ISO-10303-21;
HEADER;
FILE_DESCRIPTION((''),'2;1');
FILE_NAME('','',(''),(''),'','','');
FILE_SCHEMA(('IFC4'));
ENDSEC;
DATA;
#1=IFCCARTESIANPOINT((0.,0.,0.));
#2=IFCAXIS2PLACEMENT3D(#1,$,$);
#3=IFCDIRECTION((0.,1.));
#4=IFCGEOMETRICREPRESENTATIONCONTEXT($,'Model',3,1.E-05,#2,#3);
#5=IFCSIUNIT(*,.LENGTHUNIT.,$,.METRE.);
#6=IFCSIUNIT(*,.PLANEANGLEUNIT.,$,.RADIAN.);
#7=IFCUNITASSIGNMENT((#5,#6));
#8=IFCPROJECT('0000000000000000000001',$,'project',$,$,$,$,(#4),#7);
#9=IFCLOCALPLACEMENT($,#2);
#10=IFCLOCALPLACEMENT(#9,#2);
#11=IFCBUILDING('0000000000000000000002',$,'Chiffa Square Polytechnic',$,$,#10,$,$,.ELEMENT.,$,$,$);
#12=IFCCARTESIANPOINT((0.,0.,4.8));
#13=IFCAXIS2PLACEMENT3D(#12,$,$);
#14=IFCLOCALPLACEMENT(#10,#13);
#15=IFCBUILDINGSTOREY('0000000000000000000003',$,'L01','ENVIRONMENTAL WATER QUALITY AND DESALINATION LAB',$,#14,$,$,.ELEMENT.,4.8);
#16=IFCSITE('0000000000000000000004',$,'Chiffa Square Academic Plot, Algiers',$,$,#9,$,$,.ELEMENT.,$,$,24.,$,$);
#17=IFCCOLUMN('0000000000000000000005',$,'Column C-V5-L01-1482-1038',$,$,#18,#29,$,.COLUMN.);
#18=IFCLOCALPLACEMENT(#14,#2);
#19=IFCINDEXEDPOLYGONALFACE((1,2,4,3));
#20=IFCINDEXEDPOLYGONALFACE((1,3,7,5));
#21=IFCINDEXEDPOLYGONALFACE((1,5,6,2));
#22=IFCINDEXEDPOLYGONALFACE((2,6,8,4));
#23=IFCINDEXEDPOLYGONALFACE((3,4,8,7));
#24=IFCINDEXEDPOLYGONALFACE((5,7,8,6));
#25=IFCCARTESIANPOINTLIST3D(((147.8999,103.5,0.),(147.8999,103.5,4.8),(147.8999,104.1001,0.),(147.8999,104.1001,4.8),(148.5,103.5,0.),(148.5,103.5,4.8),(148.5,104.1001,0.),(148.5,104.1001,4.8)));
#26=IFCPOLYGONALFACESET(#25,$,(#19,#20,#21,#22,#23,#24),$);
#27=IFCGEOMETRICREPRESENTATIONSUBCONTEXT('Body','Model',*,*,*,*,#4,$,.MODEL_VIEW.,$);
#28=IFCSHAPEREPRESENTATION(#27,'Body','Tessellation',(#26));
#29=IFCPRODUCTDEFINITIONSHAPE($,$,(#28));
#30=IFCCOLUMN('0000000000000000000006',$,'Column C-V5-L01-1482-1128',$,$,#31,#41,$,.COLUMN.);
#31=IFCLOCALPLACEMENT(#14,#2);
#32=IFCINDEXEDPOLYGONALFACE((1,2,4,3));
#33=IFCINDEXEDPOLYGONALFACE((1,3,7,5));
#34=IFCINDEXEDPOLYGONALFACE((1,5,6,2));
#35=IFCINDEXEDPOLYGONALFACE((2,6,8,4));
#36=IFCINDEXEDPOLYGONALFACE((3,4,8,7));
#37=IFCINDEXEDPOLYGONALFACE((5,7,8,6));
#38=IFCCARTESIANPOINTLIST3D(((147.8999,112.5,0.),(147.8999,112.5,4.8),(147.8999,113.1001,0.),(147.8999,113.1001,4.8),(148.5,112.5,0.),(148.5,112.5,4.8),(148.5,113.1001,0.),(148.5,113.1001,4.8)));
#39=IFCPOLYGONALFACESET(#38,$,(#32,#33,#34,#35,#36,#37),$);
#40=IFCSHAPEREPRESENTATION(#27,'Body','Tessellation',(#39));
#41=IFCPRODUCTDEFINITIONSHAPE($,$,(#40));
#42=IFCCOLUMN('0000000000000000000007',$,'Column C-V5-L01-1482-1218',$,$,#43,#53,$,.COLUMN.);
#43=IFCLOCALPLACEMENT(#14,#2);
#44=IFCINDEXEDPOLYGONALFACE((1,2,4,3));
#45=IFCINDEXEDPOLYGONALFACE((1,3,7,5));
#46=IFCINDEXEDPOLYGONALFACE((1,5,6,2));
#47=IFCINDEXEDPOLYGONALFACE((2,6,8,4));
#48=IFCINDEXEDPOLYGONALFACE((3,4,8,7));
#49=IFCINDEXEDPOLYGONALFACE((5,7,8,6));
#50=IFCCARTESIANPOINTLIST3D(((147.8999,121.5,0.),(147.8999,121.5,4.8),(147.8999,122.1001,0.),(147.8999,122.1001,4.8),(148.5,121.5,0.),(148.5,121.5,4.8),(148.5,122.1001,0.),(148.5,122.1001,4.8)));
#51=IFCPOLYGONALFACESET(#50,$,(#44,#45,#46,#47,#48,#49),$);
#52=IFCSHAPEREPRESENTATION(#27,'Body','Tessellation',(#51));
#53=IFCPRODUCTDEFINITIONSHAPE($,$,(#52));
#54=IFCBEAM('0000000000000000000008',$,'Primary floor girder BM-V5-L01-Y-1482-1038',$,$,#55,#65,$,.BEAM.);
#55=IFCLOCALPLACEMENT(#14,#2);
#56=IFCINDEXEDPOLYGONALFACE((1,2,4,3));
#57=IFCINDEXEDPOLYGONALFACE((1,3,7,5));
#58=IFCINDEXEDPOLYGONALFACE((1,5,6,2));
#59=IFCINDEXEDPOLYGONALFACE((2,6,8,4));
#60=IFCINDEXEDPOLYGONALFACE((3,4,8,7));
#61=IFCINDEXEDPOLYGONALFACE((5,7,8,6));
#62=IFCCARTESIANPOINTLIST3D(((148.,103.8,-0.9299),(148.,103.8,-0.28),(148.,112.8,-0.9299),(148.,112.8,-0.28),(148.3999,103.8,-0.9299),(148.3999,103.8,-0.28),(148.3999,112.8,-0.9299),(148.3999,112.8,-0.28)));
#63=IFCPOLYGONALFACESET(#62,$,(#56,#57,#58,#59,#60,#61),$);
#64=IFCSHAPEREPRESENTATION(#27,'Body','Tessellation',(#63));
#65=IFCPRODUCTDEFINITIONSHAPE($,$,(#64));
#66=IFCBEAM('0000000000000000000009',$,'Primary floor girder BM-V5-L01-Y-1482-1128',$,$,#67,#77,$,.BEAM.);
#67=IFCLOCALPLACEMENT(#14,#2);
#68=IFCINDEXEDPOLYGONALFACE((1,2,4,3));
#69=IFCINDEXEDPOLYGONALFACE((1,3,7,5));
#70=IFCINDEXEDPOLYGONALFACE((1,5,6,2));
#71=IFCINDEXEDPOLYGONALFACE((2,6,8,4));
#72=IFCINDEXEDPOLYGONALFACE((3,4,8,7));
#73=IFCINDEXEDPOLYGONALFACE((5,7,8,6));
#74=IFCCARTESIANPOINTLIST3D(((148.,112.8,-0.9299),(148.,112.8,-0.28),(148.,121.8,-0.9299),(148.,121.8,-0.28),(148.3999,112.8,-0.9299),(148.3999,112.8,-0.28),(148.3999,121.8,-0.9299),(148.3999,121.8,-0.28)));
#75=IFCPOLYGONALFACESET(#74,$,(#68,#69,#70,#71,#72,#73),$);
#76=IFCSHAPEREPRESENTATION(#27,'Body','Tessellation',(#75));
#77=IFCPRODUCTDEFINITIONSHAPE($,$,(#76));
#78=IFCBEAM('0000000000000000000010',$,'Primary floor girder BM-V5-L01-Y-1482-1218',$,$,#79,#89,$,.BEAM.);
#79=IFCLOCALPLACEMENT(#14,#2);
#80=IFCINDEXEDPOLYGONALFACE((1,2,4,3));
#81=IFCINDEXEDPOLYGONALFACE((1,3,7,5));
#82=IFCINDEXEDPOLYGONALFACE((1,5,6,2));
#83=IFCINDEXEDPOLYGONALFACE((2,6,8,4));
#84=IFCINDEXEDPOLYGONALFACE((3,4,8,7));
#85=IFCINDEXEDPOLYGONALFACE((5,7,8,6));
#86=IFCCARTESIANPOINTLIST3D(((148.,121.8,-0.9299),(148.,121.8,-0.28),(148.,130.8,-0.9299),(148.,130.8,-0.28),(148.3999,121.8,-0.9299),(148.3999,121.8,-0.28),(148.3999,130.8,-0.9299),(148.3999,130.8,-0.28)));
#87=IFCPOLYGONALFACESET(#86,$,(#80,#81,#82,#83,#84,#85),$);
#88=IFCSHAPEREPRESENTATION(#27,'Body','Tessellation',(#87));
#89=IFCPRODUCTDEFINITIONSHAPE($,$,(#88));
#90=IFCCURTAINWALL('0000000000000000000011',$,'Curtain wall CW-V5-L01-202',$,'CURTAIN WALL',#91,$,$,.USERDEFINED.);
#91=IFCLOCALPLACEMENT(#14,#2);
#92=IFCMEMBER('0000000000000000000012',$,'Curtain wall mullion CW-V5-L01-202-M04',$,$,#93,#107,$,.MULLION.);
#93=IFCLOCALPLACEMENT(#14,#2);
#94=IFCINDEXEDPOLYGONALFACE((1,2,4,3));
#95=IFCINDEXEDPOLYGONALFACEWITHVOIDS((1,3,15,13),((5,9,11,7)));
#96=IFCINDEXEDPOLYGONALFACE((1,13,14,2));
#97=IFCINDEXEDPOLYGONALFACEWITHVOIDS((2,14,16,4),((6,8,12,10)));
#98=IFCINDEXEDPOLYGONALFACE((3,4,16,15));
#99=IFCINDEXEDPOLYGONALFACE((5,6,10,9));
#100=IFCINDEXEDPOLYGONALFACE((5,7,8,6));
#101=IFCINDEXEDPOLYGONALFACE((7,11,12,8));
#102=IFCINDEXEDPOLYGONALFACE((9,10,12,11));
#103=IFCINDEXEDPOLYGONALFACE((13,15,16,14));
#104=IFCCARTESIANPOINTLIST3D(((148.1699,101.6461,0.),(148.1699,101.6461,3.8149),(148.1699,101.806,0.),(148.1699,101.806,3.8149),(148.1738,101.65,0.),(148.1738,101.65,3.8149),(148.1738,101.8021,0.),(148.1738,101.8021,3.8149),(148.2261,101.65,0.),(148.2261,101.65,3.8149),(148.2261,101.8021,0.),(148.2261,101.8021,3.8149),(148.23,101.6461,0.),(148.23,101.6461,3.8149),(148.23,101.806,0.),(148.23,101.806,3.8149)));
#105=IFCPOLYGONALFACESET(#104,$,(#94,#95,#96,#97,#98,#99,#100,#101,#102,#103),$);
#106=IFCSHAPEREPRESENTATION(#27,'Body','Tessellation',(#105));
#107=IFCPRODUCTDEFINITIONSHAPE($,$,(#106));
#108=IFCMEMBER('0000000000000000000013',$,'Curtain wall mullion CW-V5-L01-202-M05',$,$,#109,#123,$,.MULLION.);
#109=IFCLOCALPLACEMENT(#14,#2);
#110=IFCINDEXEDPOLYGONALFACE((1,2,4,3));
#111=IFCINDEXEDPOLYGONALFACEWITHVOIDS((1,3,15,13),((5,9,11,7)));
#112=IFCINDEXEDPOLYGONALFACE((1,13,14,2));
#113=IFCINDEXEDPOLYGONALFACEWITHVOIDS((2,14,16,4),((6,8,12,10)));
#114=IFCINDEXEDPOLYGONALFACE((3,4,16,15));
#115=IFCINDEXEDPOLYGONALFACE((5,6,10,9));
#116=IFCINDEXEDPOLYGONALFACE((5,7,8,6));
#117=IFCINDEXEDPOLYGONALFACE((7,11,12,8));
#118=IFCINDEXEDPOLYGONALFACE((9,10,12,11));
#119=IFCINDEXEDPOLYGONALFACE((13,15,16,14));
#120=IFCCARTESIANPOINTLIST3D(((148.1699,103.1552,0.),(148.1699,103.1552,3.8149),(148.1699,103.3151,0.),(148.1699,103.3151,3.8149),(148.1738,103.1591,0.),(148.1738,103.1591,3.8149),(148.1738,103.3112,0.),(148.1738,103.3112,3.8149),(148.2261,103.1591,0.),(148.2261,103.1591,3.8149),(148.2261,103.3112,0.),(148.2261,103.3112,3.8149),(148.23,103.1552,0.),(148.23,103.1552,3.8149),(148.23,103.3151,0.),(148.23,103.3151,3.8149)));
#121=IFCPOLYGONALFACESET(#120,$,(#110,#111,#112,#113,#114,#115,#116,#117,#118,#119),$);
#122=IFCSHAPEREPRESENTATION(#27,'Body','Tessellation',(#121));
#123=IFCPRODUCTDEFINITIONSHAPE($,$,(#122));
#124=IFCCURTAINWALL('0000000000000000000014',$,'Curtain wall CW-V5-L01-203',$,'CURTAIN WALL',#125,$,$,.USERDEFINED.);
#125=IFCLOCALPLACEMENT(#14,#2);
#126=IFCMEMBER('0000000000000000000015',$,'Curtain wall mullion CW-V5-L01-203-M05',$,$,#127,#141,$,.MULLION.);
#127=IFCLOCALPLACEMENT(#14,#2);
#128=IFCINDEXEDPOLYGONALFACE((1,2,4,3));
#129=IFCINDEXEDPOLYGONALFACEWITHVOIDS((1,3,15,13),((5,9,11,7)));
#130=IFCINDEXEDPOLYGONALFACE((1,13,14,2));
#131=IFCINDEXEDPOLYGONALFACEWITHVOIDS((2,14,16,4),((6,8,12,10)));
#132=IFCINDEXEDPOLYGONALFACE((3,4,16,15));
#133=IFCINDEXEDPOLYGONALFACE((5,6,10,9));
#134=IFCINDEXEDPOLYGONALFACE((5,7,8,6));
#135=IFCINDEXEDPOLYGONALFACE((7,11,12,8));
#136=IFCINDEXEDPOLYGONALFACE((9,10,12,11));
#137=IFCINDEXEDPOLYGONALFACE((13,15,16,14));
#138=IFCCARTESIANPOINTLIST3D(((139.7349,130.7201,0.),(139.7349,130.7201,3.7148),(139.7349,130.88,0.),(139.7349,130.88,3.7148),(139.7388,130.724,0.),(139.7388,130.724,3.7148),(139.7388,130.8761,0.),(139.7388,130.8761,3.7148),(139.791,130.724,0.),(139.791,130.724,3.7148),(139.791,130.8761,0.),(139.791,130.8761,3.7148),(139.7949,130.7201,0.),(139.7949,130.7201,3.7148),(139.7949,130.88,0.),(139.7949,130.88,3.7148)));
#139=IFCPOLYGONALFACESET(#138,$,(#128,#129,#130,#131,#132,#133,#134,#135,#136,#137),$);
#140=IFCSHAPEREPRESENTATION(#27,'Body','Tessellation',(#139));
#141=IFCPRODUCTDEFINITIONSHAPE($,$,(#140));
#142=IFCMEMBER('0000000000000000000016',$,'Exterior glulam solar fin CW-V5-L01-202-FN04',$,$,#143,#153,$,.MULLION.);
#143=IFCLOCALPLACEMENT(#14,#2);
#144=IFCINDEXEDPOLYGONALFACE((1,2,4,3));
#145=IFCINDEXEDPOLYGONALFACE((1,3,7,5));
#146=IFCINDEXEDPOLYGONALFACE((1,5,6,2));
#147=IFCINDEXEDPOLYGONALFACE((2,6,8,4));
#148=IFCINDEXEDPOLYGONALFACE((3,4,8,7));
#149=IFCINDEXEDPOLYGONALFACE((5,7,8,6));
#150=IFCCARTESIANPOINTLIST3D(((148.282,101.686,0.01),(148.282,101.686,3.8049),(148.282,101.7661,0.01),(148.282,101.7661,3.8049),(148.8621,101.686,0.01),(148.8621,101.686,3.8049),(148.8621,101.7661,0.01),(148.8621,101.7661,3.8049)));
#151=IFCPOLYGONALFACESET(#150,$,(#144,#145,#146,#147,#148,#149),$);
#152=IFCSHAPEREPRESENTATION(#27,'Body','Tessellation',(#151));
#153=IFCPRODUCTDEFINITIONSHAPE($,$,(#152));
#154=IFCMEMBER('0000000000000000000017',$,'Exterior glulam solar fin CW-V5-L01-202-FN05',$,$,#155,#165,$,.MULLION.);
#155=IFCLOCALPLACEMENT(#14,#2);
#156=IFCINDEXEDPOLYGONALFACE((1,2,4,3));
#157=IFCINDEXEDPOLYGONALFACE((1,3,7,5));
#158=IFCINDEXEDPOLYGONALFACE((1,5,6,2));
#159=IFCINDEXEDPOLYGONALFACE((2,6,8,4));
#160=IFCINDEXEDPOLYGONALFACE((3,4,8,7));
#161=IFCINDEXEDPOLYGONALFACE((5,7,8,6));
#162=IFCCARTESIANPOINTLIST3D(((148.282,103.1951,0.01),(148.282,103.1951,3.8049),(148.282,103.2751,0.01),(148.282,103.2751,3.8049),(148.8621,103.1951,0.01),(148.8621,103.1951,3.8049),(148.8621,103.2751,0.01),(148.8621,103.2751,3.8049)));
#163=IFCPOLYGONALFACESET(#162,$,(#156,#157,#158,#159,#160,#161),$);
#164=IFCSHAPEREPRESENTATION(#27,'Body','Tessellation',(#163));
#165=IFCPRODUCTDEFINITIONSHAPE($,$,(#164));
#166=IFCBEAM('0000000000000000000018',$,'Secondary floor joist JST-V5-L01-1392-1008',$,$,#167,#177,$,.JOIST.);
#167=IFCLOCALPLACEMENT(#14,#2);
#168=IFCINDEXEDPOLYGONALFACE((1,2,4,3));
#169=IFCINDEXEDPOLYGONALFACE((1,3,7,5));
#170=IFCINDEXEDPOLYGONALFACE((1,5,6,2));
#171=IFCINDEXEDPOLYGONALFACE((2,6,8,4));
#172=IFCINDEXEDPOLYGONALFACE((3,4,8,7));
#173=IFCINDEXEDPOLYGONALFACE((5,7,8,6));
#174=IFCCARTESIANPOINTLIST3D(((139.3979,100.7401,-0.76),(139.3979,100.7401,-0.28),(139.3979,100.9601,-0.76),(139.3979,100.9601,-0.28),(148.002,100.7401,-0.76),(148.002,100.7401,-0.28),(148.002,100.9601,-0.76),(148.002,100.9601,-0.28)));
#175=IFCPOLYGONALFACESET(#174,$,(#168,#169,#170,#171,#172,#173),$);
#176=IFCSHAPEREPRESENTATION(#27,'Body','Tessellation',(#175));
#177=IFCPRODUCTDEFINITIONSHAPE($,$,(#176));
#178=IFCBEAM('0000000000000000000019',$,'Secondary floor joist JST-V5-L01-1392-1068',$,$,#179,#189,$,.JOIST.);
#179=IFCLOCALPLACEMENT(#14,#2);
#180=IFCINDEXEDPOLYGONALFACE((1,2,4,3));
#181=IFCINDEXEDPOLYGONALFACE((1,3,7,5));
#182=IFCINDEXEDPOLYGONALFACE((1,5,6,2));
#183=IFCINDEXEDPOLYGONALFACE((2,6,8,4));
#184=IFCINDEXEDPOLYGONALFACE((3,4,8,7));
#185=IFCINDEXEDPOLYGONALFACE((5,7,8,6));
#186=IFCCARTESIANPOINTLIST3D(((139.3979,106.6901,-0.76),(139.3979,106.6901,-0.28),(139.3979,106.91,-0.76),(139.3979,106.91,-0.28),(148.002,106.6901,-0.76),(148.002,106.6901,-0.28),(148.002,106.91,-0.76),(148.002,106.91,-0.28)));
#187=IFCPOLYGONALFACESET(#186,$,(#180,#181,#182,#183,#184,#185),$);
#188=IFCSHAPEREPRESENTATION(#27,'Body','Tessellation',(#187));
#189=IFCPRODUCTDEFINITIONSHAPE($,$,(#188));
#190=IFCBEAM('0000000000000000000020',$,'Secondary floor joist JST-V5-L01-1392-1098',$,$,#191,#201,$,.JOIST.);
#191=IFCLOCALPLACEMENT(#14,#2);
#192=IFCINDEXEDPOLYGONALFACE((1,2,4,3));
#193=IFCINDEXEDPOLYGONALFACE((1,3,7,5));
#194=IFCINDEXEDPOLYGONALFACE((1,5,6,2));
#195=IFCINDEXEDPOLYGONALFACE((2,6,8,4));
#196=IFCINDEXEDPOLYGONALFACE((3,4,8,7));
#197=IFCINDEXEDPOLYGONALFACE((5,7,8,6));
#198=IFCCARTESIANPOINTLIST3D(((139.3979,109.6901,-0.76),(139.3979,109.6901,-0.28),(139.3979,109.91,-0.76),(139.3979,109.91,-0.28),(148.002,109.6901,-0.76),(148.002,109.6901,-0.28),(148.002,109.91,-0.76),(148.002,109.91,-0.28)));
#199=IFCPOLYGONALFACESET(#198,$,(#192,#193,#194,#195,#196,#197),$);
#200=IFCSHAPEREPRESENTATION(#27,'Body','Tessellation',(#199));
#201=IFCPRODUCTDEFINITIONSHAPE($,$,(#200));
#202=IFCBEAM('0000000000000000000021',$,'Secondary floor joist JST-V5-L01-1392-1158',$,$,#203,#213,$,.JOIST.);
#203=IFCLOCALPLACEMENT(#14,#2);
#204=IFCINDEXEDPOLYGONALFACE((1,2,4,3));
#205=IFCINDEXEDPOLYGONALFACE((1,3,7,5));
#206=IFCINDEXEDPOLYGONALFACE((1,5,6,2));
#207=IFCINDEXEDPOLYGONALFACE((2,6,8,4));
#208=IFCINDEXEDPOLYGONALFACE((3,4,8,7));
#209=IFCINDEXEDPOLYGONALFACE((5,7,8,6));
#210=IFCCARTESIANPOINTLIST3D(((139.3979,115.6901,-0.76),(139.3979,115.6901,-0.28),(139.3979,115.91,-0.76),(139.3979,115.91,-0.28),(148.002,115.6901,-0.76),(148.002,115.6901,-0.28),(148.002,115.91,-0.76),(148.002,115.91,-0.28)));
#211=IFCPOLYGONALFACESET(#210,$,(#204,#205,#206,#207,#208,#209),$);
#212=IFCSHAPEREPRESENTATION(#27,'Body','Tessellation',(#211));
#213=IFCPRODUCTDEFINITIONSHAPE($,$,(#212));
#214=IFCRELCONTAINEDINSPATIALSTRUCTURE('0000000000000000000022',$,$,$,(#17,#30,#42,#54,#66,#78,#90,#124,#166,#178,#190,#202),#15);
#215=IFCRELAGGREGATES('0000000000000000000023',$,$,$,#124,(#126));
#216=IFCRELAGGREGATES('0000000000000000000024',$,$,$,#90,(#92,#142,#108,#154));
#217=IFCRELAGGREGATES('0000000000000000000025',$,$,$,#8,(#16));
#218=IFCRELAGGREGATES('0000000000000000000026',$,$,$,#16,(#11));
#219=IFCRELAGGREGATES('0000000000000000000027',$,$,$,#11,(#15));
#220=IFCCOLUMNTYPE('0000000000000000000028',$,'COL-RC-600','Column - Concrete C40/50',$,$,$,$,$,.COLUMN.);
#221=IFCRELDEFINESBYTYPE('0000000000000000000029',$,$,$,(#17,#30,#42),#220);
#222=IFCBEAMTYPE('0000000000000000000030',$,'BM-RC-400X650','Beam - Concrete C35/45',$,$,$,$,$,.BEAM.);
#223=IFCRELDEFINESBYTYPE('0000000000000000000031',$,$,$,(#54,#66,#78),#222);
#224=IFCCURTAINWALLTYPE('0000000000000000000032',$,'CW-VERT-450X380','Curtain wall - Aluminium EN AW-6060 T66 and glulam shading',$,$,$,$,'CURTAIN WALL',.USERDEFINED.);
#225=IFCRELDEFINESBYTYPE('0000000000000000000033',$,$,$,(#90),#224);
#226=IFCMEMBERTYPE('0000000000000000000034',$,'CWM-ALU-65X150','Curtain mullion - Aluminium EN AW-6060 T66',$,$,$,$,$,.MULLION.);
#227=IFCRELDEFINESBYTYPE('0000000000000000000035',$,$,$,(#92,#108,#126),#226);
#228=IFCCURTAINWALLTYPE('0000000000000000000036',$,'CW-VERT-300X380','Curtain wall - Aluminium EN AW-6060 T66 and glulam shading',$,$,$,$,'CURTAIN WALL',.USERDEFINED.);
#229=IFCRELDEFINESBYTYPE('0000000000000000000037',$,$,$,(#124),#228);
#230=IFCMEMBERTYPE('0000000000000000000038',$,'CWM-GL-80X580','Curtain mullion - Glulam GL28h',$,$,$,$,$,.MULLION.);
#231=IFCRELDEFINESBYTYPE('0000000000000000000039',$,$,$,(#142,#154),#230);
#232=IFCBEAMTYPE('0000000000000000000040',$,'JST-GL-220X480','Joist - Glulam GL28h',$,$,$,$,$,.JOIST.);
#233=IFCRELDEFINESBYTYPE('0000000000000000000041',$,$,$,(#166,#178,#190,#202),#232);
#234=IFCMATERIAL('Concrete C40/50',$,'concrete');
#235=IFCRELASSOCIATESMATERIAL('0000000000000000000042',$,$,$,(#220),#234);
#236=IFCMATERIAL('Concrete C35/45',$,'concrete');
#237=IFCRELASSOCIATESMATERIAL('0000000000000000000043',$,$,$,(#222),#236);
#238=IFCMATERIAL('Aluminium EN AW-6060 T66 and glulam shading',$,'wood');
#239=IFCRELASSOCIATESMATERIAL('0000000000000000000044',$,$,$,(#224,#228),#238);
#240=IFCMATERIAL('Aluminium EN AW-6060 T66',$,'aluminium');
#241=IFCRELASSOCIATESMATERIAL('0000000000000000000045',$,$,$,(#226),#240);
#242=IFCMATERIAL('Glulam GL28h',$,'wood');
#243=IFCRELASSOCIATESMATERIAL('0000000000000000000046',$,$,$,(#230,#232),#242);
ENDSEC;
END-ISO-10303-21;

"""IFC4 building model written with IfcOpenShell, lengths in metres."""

from ifc_helpers import new_model, si_unit, direction, frame, origin, origin_2d, place, context, subcontext, project, spatial, rectangle, hollow_rectangle, extrude, material, material_profile, profile_set, type_object, element, aggregate, save


model = new_model("IFC4")

# Units and contexts
model_context = context("Model", 3, precision=1e-05, world=origin(), true_north=direction((0.0, 1.0)))
body_context = subcontext(model_context, "Body", "Model", "MODEL_VIEW")
ifc_project = project(units=[si_unit("LENGTHUNIT", "METRE"), si_unit("PLANEANGLEUNIT", "RADIAN")], contexts=[model_context])

# Site, building, storey
site_placement = place(None, origin())
site = spatial("IfcSite", under=ifc_project, at=site_placement, Name="Chiffa Square Academic Plot, Algiers", CompositionType="ELEMENT", RefElevation=24.0)
building_placement = place(site_placement, origin())
building = spatial("IfcBuilding", under=site, at=building_placement, Name="Chiffa Square Polytechnic", CompositionType="ELEMENT")
storey_placement = place(building_placement, frame((0.0, 0.0, 4.8)))
storey = spatial("IfcBuildingStorey", under=building, at=storey_placement, Name="L01", Description="ENVIRONMENTAL WATER QUALITY AND DESALINATION LAB", CompositionType="ELEMENT", Elevation=4.8)

# Columns
ifc_material_1 = material(Name="Concrete C40/50", Category="concrete")
ifc_material_profile_1 = material_profile(ifc_material_1, rectangle(XDim=0.6001, YDim=0.6001, at=origin_2d()), Name="RC 600x600")
ifc_profile_set_1 = profile_set([ifc_material_profile_1], Name="Concrete C40/50")
column_type = type_object("IfcColumnType", Name="COL-RC-600", Description="Column - Concrete C40/50", PredefinedType="COLUMN", material=ifc_profile_set_1)
for number, where, z_axis, x_axis, name in (
    (1, (148.2, 103.8, 0.0), (0.0, 0.0, 1.0), (1.0, 0.0, 0.0), "Column C-V5-L01-1482-1038"),
    (2, (148.2, 112.8, 0.0), (0.0, 0.0, 1.0), (1.0, 0.0, 0.0), "Column C-V5-L01-1482-1128"),
    (3, (148.2, 121.8, 0.0), (0.0, 0.0, 1.0), (1.0, 0.0, 0.0), "Column C-V5-L01-1482-1218"),
):
    element("IfcColumn", number, at=place(storey_placement, frame(where, z_axis=z_axis, x_axis=x_axis)), inside=storey, type_object=column_type, Name=name, PredefinedType="COLUMN", context=body_context, shape_type="SweptSolid", body=[
        extrude(rectangle(XDim=0.6001, YDim=0.6001, at=origin_2d()), origin(), (0.0, 0.0, 1.0), 4.8),
    ])

# Beams
ifc_material_2 = material(Name="Concrete C35/45", Category="concrete")
ifc_material_profile_2 = material_profile(ifc_material_2, rectangle(XDim=0.3999, YDim=0.6499, at=origin_2d()), Name="RC 400x650")
ifc_profile_set_2 = profile_set([ifc_material_profile_2], Name="Concrete C35/45")
beam_type_1 = type_object("IfcBeamType", Name="BM-RC-400X650", Description="Beam - Concrete C35/45", PredefinedType="BEAM", material=ifc_profile_set_2)
for number, where, z_axis, x_axis, name in (
    (4, (148.2, 103.8, -0.605), (0.0, 1.0, 0.0), (-1.0, 0.0, 0.0), "Primary floor girder BM-V5-L01-Y-1482-1038"),
    (5, (148.2, 112.8, -0.605), (0.0, 1.0, 0.0), (-1.0, 0.0, 0.0), "Primary floor girder BM-V5-L01-Y-1482-1128"),
    (6, (148.2, 121.8, -0.605), (0.0, 1.0, 0.0), (-1.0, 0.0, 0.0), "Primary floor girder BM-V5-L01-Y-1482-1218"),
):
    element("IfcBeam", number, at=place(storey_placement, frame(where, z_axis=z_axis, x_axis=x_axis)), inside=storey, type_object=beam_type_1, Name=name, PredefinedType="BEAM", context=body_context, shape_type="SweptSolid", body=[
        extrude(rectangle(XDim=0.3999, YDim=0.6499, at=origin_2d()), origin(), (0.0, 0.0, 1.0), 9.0),
    ])

# Curtain wall, members
ifc_material_3 = material(Name="Aluminium EN AW-6060 T66 and glulam shading", Category="wood")
curtain_wall_type_1 = type_object("IfcCurtainWallType", Name="CW-VERT-450X380", Description="Curtain wall - Aluminium EN AW-6060 T66 and glulam shading", ElementType="CURTAIN WALL", PredefinedType="USERDEFINED", material=ifc_material_3)
curtain_wall_1_placement = place(storey_placement, origin())
curtain_wall_1 = element("IfcCurtainWall", 7, at=curtain_wall_1_placement, inside=storey, type_object=curtain_wall_type_1, Name="Curtain wall CW-V5-L01-202", ObjectType="CURTAIN WALL", PredefinedType="USERDEFINED")
ifc_material_4 = material(Name="Aluminium EN AW-6060 T66", Category="aluminium")
ifc_material_profile_3 = material_profile(ifc_material_4, hollow_rectangle(XDim=0.0601, YDim=0.1599, WallThickness=0.0039, at=origin_2d()), Name="ALU 60x160x4")
ifc_profile_set_3 = profile_set([ifc_material_profile_3], Name="Aluminium EN AW-6060 T66")
member_type_1 = type_object("IfcMemberType", Name="CWM-ALU-65X150", Description="Curtain mullion - Aluminium EN AW-6060 T66", PredefinedType="MULLION", material=ifc_profile_set_3)
member_1_placement = place(storey_placement, frame((148.2, 101.7261, 0.0), z_axis=(0.0, 0.0, 1.0), x_axis=(1.0, 0.0, 0.0)))
member_1 = element("IfcMember", 8, at=member_1_placement, type_object=member_type_1, Name="Curtain wall mullion CW-V5-L01-202-M04", PredefinedType="MULLION", context=body_context, shape_type="SweptSolid", body=[
    extrude(hollow_rectangle(XDim=0.0601, YDim=0.1599, WallThickness=0.0039, at=origin_2d()), origin(), (0.0, 0.0, 1.0), 3.8149),
])
member_2_placement = place(storey_placement, frame((148.2, 103.2351, 0.0), z_axis=(0.0, 0.0, 1.0), x_axis=(1.0, 0.0, 0.0)))
member_2 = element("IfcMember", 9, at=member_2_placement, type_object=member_type_1, Name="Curtain wall mullion CW-V5-L01-202-M05", PredefinedType="MULLION", context=body_context, shape_type="SweptSolid", body=[
    extrude(hollow_rectangle(XDim=0.0601, YDim=0.1599, WallThickness=0.0039, at=origin_2d()), origin(), (0.0, 0.0, 1.0), 3.8149),
])

# Curtain wall, member
curtain_wall_type_2 = type_object("IfcCurtainWallType", Name="CW-VERT-300X380", Description="Curtain wall - Aluminium EN AW-6060 T66 and glulam shading", ElementType="CURTAIN WALL", PredefinedType="USERDEFINED", material=ifc_material_3)
curtain_wall_2_placement = place(storey_placement, origin())
curtain_wall_2 = element("IfcCurtainWall", 10, at=curtain_wall_2_placement, inside=storey, type_object=curtain_wall_type_2, Name="Curtain wall CW-V5-L01-203", ObjectType="CURTAIN WALL", PredefinedType="USERDEFINED")
member_3_placement = place(storey_placement, frame((139.7649, 130.8, 0.0), z_axis=(0.0, 0.0, 1.0), x_axis=(1.0, 0.0, 0.0)))
member_3 = element("IfcMember", 11, at=member_3_placement, type_object=member_type_1, Name="Curtain wall mullion CW-V5-L01-203-M05", PredefinedType="MULLION", context=body_context, shape_type="SweptSolid", body=[
    extrude(hollow_rectangle(XDim=0.0601, YDim=0.1599, WallThickness=0.0039, at=origin_2d()), origin(), (0.0, 0.0, 1.0), 3.7148),
])
aggregate(curtain_wall_2, [member_3])

# Members
ifc_material_5 = material(Name="Glulam GL28h", Category="wood")
ifc_material_profile_4 = material_profile(ifc_material_5, rectangle(XDim=0.0801, YDim=0.5801, at=origin_2d()), Name="GL28h 80x580")
ifc_profile_set_4 = profile_set([ifc_material_profile_4], Name="Glulam GL28h")
member_type_2 = type_object("IfcMemberType", Name="CWM-GL-80X580", Description="Curtain mullion - Glulam GL28h", PredefinedType="MULLION", material=ifc_profile_set_4)
member_4_placement = place(storey_placement, frame((148.572, 101.7261, 0.01), z_axis=(0.0, 0.0, 1.0), x_axis=(0.0, 1.0, 0.0)))
member_4 = element("IfcMember", 12, at=member_4_placement, type_object=member_type_2, Name="Exterior glulam solar fin CW-V5-L01-202-FN04", PredefinedType="MULLION", context=body_context, shape_type="SweptSolid", body=[
    extrude(rectangle(XDim=0.0801, YDim=0.5801, at=origin_2d()), origin(), (0.0, 0.0, 1.0), 3.7949),
])
member_5_placement = place(storey_placement, frame((148.572, 103.2351, 0.01), z_axis=(0.0, 0.0, 1.0), x_axis=(0.0, 1.0, 0.0)))
member_5 = element("IfcMember", 13, at=member_5_placement, type_object=member_type_2, Name="Exterior glulam solar fin CW-V5-L01-202-FN05", PredefinedType="MULLION", context=body_context, shape_type="SweptSolid", body=[
    extrude(rectangle(XDim=0.0801, YDim=0.5801, at=origin_2d()), origin(), (0.0, 0.0, 1.0), 3.7949),
])

# Beams
ifc_material_profile_5 = material_profile(ifc_material_5, rectangle(XDim=0.22, YDim=0.48, at=origin_2d()), Name="GL28h 220x480")
ifc_profile_set_5 = profile_set([ifc_material_profile_5], Name="Glulam GL28h")
beam_type_2 = type_object("IfcBeamType", Name="JST-GL-220X480", Description="Joist - Glulam GL28h", PredefinedType="JOIST", material=ifc_profile_set_5)
for number, where, z_axis, x_axis, name in (
    (14, (139.3979, 100.8501, -0.52), (1.0, 0.0, 0.0), (0.0, 1.0, 0.0), "Secondary floor joist JST-V5-L01-1392-1008"),
    (15, (139.3979, 106.8, -0.52), (1.0, 0.0, 0.0), (0.0, 1.0, 0.0), "Secondary floor joist JST-V5-L01-1392-1068"),
    (16, (139.3979, 109.8, -0.52), (1.0, 0.0, 0.0), (0.0, 1.0, 0.0), "Secondary floor joist JST-V5-L01-1392-1098"),
    (17, (139.3979, 115.8, -0.52), (1.0, 0.0, 0.0), (0.0, 1.0, 0.0), "Secondary floor joist JST-V5-L01-1392-1158"),
):
    element("IfcBeam", number, at=place(storey_placement, frame(where, z_axis=z_axis, x_axis=x_axis)), inside=storey, type_object=beam_type_2, Name=name, PredefinedType="JOIST", context=body_context, shape_type="SweptSolid", body=[
        extrude(rectangle(XDim=0.22, YDim=0.48, at=origin_2d()), origin(), (0.0, 0.0, 1.0), 8.604),
    ])

aggregate(curtain_wall_1, [member_1, member_4, member_2, member_5])

save(model, "model.ifc")
